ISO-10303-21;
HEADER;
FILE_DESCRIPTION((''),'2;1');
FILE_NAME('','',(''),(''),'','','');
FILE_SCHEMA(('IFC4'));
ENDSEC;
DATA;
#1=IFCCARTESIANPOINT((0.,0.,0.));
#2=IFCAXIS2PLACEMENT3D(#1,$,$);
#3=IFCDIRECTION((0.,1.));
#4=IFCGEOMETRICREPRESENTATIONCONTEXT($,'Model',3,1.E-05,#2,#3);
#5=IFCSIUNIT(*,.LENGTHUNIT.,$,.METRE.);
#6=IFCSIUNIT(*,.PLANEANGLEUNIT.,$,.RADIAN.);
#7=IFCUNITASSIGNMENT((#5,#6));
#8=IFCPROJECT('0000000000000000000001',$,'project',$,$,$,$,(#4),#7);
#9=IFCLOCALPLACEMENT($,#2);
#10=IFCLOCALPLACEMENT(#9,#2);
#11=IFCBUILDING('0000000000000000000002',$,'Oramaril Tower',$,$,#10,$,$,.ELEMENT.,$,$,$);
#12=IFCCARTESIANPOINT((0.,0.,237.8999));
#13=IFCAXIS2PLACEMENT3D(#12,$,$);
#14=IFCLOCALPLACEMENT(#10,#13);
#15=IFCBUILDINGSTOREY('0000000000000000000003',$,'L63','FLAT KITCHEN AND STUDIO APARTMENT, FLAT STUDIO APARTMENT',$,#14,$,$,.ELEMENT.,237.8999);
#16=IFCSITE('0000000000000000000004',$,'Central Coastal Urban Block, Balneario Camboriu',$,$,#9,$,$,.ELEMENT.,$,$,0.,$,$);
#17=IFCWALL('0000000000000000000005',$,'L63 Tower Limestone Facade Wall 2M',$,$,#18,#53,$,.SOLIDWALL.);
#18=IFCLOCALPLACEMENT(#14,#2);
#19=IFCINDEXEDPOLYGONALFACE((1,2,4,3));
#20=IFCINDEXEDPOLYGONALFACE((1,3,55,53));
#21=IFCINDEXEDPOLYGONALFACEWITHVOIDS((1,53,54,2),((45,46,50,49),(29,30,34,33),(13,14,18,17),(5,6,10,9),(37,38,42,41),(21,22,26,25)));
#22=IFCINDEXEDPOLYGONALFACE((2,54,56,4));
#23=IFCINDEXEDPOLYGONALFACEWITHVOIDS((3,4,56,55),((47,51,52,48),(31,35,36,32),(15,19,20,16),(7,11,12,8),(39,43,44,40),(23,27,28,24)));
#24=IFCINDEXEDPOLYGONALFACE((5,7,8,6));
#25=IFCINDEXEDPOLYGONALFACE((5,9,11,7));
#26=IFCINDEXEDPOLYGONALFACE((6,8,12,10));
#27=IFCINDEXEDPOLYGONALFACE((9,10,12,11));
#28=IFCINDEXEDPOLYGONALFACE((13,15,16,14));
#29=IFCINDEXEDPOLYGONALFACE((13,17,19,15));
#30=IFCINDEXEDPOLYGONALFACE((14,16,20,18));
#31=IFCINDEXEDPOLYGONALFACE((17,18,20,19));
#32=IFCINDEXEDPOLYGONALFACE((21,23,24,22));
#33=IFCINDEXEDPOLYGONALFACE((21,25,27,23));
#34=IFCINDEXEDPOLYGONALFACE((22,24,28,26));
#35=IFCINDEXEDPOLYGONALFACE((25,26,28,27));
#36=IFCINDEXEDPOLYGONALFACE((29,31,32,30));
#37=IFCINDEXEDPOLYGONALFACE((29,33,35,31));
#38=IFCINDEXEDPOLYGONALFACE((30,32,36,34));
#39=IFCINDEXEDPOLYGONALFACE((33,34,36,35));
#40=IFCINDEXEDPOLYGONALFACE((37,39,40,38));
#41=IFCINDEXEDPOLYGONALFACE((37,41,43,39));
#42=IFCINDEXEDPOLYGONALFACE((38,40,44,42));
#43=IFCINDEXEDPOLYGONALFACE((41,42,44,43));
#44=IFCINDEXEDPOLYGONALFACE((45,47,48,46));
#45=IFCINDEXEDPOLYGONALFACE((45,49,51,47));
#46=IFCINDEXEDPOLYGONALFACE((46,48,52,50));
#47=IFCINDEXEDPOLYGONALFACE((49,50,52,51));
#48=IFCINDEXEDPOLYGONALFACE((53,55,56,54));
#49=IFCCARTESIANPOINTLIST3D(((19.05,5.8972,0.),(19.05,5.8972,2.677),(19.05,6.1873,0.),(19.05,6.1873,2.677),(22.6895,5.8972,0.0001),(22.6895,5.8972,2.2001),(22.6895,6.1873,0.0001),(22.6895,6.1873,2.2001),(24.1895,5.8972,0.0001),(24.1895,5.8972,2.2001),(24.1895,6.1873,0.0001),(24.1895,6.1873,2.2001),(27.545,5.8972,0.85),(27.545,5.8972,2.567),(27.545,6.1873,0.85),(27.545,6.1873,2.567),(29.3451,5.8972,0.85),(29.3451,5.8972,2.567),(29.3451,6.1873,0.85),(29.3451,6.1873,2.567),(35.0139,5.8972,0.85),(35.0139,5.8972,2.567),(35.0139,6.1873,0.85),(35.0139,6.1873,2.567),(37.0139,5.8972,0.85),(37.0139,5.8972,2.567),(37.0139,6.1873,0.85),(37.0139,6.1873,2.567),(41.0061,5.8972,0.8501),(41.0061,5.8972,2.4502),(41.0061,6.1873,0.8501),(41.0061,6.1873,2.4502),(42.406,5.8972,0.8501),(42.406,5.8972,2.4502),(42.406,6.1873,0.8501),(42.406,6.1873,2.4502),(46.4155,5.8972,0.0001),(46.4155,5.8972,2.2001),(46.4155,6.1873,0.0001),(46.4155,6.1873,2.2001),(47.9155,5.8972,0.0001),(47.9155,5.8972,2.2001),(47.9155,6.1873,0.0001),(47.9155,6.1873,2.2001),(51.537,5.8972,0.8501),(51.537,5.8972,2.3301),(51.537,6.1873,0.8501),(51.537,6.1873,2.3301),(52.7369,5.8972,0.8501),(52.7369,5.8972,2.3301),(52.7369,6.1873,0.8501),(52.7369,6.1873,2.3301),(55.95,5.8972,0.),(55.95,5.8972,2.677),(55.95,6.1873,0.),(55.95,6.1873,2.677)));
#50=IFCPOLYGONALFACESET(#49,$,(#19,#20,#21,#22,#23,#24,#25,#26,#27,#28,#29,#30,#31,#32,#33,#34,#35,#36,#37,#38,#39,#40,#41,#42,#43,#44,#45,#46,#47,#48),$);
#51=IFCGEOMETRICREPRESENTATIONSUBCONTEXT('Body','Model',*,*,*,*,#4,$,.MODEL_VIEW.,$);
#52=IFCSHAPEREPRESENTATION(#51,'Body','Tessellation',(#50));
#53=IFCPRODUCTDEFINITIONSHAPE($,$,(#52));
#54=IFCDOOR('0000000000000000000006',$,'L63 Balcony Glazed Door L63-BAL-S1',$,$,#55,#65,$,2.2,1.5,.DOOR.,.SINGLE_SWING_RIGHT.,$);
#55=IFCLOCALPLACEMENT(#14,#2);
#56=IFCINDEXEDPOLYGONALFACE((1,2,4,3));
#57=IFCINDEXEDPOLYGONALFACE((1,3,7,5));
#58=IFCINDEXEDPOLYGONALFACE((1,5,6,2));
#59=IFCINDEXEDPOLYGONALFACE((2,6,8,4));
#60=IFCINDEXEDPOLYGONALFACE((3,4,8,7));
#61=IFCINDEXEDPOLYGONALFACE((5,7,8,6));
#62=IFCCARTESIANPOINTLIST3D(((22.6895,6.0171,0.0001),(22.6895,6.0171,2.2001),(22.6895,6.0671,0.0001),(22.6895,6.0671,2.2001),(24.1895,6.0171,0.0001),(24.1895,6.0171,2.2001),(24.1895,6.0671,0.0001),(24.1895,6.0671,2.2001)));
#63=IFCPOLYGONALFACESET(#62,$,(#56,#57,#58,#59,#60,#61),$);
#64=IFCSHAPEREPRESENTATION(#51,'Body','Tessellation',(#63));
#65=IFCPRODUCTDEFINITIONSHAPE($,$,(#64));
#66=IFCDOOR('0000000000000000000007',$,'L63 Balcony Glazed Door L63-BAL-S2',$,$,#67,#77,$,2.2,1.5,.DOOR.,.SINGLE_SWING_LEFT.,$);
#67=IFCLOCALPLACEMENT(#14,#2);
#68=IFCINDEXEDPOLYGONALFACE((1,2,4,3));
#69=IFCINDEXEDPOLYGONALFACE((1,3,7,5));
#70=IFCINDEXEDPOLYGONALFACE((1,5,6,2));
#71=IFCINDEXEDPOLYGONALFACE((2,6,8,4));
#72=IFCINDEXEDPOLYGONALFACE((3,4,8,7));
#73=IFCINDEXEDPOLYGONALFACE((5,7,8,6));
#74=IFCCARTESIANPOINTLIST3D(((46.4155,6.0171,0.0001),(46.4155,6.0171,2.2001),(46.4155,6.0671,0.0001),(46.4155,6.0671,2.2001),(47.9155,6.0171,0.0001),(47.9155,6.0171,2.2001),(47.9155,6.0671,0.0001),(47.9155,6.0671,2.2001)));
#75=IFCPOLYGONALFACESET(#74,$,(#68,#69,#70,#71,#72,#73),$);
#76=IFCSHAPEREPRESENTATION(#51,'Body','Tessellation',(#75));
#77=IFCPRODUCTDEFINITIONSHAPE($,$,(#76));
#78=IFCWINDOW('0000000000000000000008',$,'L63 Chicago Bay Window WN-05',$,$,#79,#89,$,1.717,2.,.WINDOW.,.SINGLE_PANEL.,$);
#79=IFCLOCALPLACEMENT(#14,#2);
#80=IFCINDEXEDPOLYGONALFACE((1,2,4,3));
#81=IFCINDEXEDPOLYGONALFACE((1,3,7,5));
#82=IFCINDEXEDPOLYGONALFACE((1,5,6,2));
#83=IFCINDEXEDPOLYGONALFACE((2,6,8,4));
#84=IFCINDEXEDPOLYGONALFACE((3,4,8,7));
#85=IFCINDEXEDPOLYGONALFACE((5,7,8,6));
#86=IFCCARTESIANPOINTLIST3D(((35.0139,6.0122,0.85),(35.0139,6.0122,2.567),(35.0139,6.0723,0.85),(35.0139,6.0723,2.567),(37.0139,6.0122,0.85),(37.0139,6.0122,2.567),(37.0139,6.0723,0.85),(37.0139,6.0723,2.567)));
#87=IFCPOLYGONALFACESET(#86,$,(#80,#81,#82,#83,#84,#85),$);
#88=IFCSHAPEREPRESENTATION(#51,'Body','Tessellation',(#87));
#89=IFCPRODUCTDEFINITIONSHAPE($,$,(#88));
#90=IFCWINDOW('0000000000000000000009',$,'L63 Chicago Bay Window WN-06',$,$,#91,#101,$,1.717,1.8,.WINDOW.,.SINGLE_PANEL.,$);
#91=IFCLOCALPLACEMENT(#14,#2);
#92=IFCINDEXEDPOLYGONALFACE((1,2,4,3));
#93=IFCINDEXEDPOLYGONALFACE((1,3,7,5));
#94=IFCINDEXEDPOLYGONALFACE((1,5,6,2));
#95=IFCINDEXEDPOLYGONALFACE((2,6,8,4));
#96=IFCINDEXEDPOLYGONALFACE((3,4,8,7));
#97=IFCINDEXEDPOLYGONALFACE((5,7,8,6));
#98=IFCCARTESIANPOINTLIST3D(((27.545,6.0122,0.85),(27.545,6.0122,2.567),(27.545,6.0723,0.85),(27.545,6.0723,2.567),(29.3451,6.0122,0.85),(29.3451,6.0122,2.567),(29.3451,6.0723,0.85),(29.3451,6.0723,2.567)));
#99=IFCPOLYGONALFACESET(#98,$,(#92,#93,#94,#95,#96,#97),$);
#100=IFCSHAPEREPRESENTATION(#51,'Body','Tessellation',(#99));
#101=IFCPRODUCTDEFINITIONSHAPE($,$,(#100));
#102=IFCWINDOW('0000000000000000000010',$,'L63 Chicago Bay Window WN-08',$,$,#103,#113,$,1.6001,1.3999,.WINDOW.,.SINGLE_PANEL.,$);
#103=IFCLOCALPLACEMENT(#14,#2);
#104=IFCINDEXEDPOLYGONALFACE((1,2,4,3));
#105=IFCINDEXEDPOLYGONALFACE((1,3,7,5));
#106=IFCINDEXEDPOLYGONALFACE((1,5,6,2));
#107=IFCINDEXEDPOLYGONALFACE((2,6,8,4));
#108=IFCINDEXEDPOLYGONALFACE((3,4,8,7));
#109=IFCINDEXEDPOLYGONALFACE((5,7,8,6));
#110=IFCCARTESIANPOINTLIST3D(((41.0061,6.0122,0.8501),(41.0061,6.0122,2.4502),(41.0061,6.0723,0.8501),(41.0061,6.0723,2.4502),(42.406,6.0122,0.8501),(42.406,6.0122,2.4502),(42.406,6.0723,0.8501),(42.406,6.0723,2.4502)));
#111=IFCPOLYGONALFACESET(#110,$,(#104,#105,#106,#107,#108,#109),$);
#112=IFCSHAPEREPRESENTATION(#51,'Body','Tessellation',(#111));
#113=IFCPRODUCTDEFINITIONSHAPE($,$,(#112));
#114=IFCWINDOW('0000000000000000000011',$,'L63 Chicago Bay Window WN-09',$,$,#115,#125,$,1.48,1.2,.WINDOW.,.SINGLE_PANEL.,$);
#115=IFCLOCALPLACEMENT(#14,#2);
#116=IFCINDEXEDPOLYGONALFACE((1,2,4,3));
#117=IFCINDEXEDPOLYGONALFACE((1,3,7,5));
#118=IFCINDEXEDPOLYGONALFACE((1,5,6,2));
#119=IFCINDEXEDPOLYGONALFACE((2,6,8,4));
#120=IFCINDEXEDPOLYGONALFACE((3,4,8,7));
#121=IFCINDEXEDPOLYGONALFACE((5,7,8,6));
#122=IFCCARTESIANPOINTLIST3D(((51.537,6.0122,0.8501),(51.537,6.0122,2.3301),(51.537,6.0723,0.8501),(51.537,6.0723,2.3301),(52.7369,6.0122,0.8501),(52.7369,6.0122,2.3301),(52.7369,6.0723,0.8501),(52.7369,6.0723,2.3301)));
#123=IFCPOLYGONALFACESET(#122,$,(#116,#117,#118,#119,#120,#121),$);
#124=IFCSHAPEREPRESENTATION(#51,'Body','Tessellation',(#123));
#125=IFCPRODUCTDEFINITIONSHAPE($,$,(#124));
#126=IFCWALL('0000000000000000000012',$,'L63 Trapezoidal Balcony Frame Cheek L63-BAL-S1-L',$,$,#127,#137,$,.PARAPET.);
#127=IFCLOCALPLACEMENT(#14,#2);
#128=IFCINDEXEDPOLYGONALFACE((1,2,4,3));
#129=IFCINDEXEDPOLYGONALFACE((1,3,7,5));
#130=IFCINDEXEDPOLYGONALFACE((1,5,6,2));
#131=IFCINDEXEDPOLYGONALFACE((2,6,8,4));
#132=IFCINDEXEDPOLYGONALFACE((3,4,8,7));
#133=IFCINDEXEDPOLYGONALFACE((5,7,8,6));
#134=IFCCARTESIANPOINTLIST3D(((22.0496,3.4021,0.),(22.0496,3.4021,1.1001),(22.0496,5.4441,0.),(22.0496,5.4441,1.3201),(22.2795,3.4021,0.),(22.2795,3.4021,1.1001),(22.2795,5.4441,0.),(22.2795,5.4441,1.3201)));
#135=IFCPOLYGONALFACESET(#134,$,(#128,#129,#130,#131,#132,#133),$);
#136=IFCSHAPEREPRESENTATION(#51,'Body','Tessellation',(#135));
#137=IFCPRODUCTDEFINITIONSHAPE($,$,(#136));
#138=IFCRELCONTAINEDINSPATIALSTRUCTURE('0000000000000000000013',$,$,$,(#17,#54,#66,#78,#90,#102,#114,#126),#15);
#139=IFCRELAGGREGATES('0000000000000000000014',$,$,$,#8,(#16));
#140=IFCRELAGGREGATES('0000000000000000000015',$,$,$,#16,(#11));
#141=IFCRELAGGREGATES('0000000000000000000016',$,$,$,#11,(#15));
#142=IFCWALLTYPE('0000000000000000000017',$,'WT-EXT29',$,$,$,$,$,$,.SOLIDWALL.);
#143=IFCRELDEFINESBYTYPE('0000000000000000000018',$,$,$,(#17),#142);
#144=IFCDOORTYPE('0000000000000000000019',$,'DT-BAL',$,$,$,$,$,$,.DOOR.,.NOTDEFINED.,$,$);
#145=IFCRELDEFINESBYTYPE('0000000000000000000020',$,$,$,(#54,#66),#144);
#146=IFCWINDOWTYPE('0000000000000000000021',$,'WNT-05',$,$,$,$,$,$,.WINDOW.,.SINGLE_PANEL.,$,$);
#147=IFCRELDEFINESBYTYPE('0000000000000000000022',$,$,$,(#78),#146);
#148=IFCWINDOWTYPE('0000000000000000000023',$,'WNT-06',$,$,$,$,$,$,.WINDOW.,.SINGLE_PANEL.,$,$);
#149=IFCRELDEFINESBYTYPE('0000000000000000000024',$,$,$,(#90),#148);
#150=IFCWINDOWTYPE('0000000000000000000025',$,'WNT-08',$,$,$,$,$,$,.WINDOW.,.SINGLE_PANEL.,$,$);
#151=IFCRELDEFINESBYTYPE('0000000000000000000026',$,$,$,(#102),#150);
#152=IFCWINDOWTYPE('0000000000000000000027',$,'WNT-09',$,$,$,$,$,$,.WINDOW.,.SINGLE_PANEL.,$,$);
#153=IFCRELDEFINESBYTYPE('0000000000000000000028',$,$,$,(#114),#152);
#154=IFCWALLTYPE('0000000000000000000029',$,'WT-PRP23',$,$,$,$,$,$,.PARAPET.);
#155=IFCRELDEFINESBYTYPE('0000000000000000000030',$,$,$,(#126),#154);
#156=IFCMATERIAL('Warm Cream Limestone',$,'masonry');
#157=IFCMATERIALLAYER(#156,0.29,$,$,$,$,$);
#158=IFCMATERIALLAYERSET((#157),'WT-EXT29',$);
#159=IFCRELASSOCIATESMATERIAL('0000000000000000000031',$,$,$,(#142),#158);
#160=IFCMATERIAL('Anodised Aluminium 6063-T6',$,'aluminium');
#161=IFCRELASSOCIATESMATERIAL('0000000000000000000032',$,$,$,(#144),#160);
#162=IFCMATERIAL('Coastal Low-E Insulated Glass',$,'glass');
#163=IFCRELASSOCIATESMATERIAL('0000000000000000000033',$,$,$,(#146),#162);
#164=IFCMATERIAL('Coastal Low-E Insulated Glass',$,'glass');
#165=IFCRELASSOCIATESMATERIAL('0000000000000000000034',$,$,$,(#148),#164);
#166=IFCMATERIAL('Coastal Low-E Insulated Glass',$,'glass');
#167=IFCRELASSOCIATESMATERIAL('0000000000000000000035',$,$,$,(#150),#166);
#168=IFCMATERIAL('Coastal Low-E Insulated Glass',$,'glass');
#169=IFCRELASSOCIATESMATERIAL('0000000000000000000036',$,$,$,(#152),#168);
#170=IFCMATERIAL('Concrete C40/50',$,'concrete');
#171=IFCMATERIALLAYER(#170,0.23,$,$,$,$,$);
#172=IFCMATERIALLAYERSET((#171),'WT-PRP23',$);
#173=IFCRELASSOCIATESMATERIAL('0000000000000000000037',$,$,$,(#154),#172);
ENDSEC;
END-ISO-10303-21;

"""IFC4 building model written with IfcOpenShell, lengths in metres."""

from ifc_helpers import new_model, si_unit, direction, frame, frame_2d, origin, place, context, subcontext, project, spatial, polyline, rectangle, outline, extrude, material, layer, layer_set, type_object, element, fill, save


model = new_model("IFC4")

# Units and contexts
model_context = context("Model", 3, precision=1e-05, world=origin(), true_north=direction((0.0, 1.0)))
body_context = subcontext(model_context, "Body", "Model", "MODEL_VIEW")
ifc_project = project(units=[si_unit("LENGTHUNIT", "METRE"), si_unit("PLANEANGLEUNIT", "RADIAN")], contexts=[model_context])

# Site, building, storey
site_placement = place(None, origin())
site = spatial("IfcSite", under=ifc_project, at=site_placement, Name="Central Coastal Urban Block, Balneario Camboriu", CompositionType="ELEMENT", RefElevation=0.0)
building_placement = place(site_placement, origin())
building = spatial("IfcBuilding", under=site, at=building_placement, Name="Oramaril Tower", CompositionType="ELEMENT")
storey_placement = place(building_placement, frame((0.0, 0.0, 237.8999)))
storey = spatial("IfcBuildingStorey", under=building, at=storey_placement, Name="L63", Description="FLAT KITCHEN AND STUDIO APARTMENT, FLAT STUDIO APARTMENT", CompositionType="ELEMENT", Elevation=237.8999)

# Wall, openings, doors, windows
ifc_material_1 = material(Name="Warm Cream Limestone", Category="masonry")
ifc_layer_1 = layer(ifc_material_1, 0.29)
ifc_layer_set_1 = layer_set([ifc_layer_1], Name="WT-EXT29")
wall_type_1 = type_object("IfcWallType", Name="WT-EXT29", PredefinedType="SOLIDWALL", material=ifc_layer_set_1)
wall_1_placement = place(storey_placement, frame((19.05, 6.0422, 0.0), z_axis=(0.0, 0.0, 1.0), x_axis=(1.0, 0.0, 0.0)))
wall_1 = element("IfcWall", 1, at=wall_1_placement, inside=storey, type_object=wall_type_1, Name="L63 Tower Limestone Facade Wall 2M", PredefinedType="SOLIDWALL", context=body_context, shape_type="SweptSolid", body=[
    extrude(rectangle(XDim=36.8999, YDim=0.29, at=frame_2d((18.45, 0.0))), origin(), (0.0, 0.0, 1.0), 2.677),
])
opening_1_placement = place(wall_1_placement, frame((3.6394, 0.0, 0.0)))
opening_1 = element("IfcOpeningElement", 2, at=opening_1_placement, cuts=wall_1, PredefinedType="OPENING", context=body_context, shape_type="SweptSolid", body=[
    extrude(rectangle(XDim=1.5, YDim=2.2, at=frame_2d((0.75, 1.1001))), frame((0.0, 0.145, 0.0), z_axis=(0.0, -1.0, 0.0), x_axis=(1.0, 0.0, 0.0)), (0.0, 0.0, 1.0), 0.29),
])
opening_2_placement = place(wall_1_placement, frame((27.3655, 0.0, 0.0)))
opening_2 = element("IfcOpeningElement", 3, at=opening_2_placement, cuts=wall_1, PredefinedType="OPENING", context=body_context, shape_type="SweptSolid", body=[
    extrude(rectangle(XDim=1.5, YDim=2.2, at=frame_2d((0.75, 1.1001))), frame((0.0, 0.145, 0.0), z_axis=(0.0, -1.0, 0.0), x_axis=(1.0, 0.0, 0.0)), (0.0, 0.0, 1.0), 0.29),
])
opening_3_placement = place(wall_1_placement, frame((8.4951, 0.0, 0.8501)))
opening_3 = element("IfcOpeningElement", 4, at=opening_3_placement, cuts=wall_1, PredefinedType="OPENING", context=body_context, shape_type="SweptSolid", body=[
    extrude(rectangle(XDim=1.8, YDim=1.717, at=frame_2d((0.8999, 0.8584))), frame((0.0, 0.145, 0.0), z_axis=(0.0, -1.0, 0.0), x_axis=(1.0, 0.0, 0.0)), (0.0, 0.0, 1.0), 0.29),
])
opening_4_placement = place(wall_1_placement, frame((15.9639, 0.0, 0.8501)))
opening_4 = element("IfcOpeningElement", 5, at=opening_4_placement, cuts=wall_1, PredefinedType="OPENING", context=body_context, shape_type="SweptSolid", body=[
    extrude(rectangle(XDim=2.0, YDim=1.717, at=frame_2d((1.0, 0.8584))), frame((0.0, 0.145, 0.0), z_axis=(0.0, -1.0, 0.0), x_axis=(1.0, 0.0, 0.0)), (0.0, 0.0, 1.0), 0.29),
])
opening_5_placement = place(wall_1_placement, frame((21.9561, 0.0, 0.8501)))
opening_5 = element("IfcOpeningElement", 6, at=opening_5_placement, cuts=wall_1, PredefinedType="OPENING", context=body_context, shape_type="SweptSolid", body=[
    extrude(rectangle(XDim=1.3999, YDim=1.6001, at=frame_2d((0.7, 0.8))), frame((0.0, 0.145, 0.0), z_axis=(0.0, -1.0, 0.0), x_axis=(1.0, 0.0, 0.0)), (0.0, 0.0, 1.0), 0.29),
])
opening_6_placement = place(wall_1_placement, frame((32.4868, 0.0, 0.8501)))
opening_6 = element("IfcOpeningElement", 7, at=opening_6_placement, cuts=wall_1, PredefinedType="OPENING", context=body_context, shape_type="SweptSolid", body=[
    extrude(rectangle(XDim=1.2, YDim=1.48, at=frame_2d((0.6001, 0.74))), frame((0.0, 0.145, 0.0), z_axis=(0.0, -1.0, 0.0), x_axis=(1.0, 0.0, 0.0)), (0.0, 0.0, 1.0), 0.29),
])
ifc_material_2 = material(Name="Anodised Aluminium 6063-T6", Category="aluminium")
door_type_1 = type_object("IfcDoorType", Name="DT-BAL", OperationType="NOTDEFINED", PredefinedType="DOOR", material=ifc_material_2)
door_1_placement = place(opening_1_placement, origin())
door_1 = element("IfcDoor", 8, at=door_1_placement, inside=storey, type_object=door_type_1, Name="L63 Balcony Glazed Door L63-BAL-S1", OperationType="SINGLE_SWING_RIGHT", OverallHeight=2.2, OverallWidth=1.5, PredefinedType="DOOR", context=body_context, shape_type="SweptSolid", body=[
    extrude(rectangle(XDim=1.5, YDim=2.2, at=frame_2d((0.75, 1.1001))), frame((0.0, 0.0249, 0.0), z_axis=(0.0, -1.0, 0.0), x_axis=(1.0, 0.0, 0.0)), (0.0, 0.0, 1.0), 0.05),
])
fill(opening_1, door_1)
door_2_placement = place(opening_2_placement, origin())
door_2 = element("IfcDoor", 9, at=door_2_placement, inside=storey, type_object=door_type_1, Name="L63 Balcony Glazed Door L63-BAL-S2", OperationType="SINGLE_SWING_LEFT", OverallHeight=2.2, OverallWidth=1.5, PredefinedType="DOOR", context=body_context, shape_type="SweptSolid", body=[
    extrude(rectangle(XDim=1.5, YDim=2.2, at=frame_2d((0.75, 1.1001))), frame((0.0, 0.0249, 0.0), z_axis=(0.0, -1.0, 0.0), x_axis=(1.0, 0.0, 0.0)), (0.0, 0.0, 1.0), 0.05),
])
fill(opening_2, door_2)
ifc_material_3 = material(Name="Coastal Low-E Insulated Glass", Category="glass")
window_type_1 = type_object("IfcWindowType", Name="WNT-05", PartitioningType="SINGLE_PANEL", PredefinedType="WINDOW", material=ifc_material_3)
window_1_placement = place(opening_4_placement, origin())
window_1 = element("IfcWindow", 10, at=window_1_placement, inside=storey, type_object=window_type_1, Name="L63 Chicago Bay Window WN-05", OverallHeight=1.717, OverallWidth=2.0, PartitioningType="SINGLE_PANEL", PredefinedType="WINDOW", context=body_context, shape_type="SweptSolid", body=[
    extrude(rectangle(XDim=2.0, YDim=1.717, at=frame_2d((1.0, 0.8584))), frame((0.0, 0.03, 0.0), z_axis=(0.0, -1.0, 0.0), x_axis=(1.0, 0.0, 0.0)), (0.0, 0.0, 1.0), 0.0601),
])
fill(opening_4, window_1)
ifc_material_4 = material(Name="Coastal Low-E Insulated Glass", Category="glass")
window_type_2 = type_object("IfcWindowType", Name="WNT-06", PartitioningType="SINGLE_PANEL", PredefinedType="WINDOW", material=ifc_material_4)
window_2_placement = place(opening_3_placement, origin())
window_2 = element("IfcWindow", 11, at=window_2_placement, inside=storey, type_object=window_type_2, Name="L63 Chicago Bay Window WN-06", OverallHeight=1.717, OverallWidth=1.8, PartitioningType="SINGLE_PANEL", PredefinedType="WINDOW", context=body_context, shape_type="SweptSolid", body=[
    extrude(rectangle(XDim=1.8, YDim=1.717, at=frame_2d((0.8999, 0.8584))), frame((0.0, 0.03, 0.0), z_axis=(0.0, -1.0, 0.0), x_axis=(1.0, 0.0, 0.0)), (0.0, 0.0, 1.0), 0.0601),
])
fill(opening_3, window_2)
ifc_material_5 = material(Name="Coastal Low-E Insulated Glass", Category="glass")
window_type_3 = type_object("IfcWindowType", Name="WNT-08", PartitioningType="SINGLE_PANEL", PredefinedType="WINDOW", material=ifc_material_5)
window_3_placement = place(opening_5_placement, origin())
window_3 = element("IfcWindow", 12, at=window_3_placement, inside=storey, type_object=window_type_3, Name="L63 Chicago Bay Window WN-08", OverallHeight=1.6001, OverallWidth=1.3999, PartitioningType="SINGLE_PANEL", PredefinedType="WINDOW", context=body_context, shape_type="SweptSolid", body=[
    extrude(rectangle(XDim=1.3999, YDim=1.6001, at=frame_2d((0.7, 0.8))), frame((0.0, 0.03, 0.0), z_axis=(0.0, -1.0, 0.0), x_axis=(1.0, 0.0, 0.0)), (0.0, 0.0, 1.0), 0.0601),
])
fill(opening_5, window_3)
ifc_material_6 = material(Name="Coastal Low-E Insulated Glass", Category="glass")
window_type_4 = type_object("IfcWindowType", Name="WNT-09", PartitioningType="SINGLE_PANEL", PredefinedType="WINDOW", material=ifc_material_6)
window_4_placement = place(opening_6_placement, origin())
window_4 = element("IfcWindow", 13, at=window_4_placement, inside=storey, type_object=window_type_4, Name="L63 Chicago Bay Window WN-09", OverallHeight=1.48, OverallWidth=1.2, PartitioningType="SINGLE_PANEL", PredefinedType="WINDOW", context=body_context, shape_type="SweptSolid", body=[
    extrude(rectangle(XDim=1.2, YDim=1.48, at=frame_2d((0.6001, 0.74))), frame((0.0, 0.03, 0.0), z_axis=(0.0, -1.0, 0.0), x_axis=(1.0, 0.0, 0.0)), (0.0, 0.0, 1.0), 0.0601),
])
fill(opening_6, window_4)

# Wall
ifc_material_7 = material(Name="Concrete C40/50", Category="concrete")
ifc_layer_2 = layer(ifc_material_7, 0.23)
ifc_layer_set_2 = layer_set([ifc_layer_2], Name="WT-PRP23")
wall_type_2 = type_object("IfcWallType", Name="WT-PRP23", PredefinedType="PARAPET", material=ifc_layer_set_2)
wall_2_placement = place(storey_placement, frame((22.1646, 5.4441, 0.0), z_axis=(0.0, 0.0, 1.0), x_axis=(0.0, -1.0, 0.0)))
element("IfcWall", 14, at=wall_2_placement, inside=storey, type_object=wall_type_2, Name="L63 Trapezoidal Balcony Frame Cheek L63-BAL-S1-L", PredefinedType="PARAPET", context=body_context, shape_type="SweptSolid", body=[
    extrude(outline(polyline([(0.0, 0.0), (2.042, 0.0), (2.042, 1.1001), (0.0, 1.3201), (0.0, 0.0)])), frame((0.0, 0.115, 0.0), z_axis=(0.0, -1.0, 0.0), x_axis=(1.0, 0.0, 0.0)), (0.0, 0.0, 1.0), 0.23),
])

save(model, "model.ifc")
